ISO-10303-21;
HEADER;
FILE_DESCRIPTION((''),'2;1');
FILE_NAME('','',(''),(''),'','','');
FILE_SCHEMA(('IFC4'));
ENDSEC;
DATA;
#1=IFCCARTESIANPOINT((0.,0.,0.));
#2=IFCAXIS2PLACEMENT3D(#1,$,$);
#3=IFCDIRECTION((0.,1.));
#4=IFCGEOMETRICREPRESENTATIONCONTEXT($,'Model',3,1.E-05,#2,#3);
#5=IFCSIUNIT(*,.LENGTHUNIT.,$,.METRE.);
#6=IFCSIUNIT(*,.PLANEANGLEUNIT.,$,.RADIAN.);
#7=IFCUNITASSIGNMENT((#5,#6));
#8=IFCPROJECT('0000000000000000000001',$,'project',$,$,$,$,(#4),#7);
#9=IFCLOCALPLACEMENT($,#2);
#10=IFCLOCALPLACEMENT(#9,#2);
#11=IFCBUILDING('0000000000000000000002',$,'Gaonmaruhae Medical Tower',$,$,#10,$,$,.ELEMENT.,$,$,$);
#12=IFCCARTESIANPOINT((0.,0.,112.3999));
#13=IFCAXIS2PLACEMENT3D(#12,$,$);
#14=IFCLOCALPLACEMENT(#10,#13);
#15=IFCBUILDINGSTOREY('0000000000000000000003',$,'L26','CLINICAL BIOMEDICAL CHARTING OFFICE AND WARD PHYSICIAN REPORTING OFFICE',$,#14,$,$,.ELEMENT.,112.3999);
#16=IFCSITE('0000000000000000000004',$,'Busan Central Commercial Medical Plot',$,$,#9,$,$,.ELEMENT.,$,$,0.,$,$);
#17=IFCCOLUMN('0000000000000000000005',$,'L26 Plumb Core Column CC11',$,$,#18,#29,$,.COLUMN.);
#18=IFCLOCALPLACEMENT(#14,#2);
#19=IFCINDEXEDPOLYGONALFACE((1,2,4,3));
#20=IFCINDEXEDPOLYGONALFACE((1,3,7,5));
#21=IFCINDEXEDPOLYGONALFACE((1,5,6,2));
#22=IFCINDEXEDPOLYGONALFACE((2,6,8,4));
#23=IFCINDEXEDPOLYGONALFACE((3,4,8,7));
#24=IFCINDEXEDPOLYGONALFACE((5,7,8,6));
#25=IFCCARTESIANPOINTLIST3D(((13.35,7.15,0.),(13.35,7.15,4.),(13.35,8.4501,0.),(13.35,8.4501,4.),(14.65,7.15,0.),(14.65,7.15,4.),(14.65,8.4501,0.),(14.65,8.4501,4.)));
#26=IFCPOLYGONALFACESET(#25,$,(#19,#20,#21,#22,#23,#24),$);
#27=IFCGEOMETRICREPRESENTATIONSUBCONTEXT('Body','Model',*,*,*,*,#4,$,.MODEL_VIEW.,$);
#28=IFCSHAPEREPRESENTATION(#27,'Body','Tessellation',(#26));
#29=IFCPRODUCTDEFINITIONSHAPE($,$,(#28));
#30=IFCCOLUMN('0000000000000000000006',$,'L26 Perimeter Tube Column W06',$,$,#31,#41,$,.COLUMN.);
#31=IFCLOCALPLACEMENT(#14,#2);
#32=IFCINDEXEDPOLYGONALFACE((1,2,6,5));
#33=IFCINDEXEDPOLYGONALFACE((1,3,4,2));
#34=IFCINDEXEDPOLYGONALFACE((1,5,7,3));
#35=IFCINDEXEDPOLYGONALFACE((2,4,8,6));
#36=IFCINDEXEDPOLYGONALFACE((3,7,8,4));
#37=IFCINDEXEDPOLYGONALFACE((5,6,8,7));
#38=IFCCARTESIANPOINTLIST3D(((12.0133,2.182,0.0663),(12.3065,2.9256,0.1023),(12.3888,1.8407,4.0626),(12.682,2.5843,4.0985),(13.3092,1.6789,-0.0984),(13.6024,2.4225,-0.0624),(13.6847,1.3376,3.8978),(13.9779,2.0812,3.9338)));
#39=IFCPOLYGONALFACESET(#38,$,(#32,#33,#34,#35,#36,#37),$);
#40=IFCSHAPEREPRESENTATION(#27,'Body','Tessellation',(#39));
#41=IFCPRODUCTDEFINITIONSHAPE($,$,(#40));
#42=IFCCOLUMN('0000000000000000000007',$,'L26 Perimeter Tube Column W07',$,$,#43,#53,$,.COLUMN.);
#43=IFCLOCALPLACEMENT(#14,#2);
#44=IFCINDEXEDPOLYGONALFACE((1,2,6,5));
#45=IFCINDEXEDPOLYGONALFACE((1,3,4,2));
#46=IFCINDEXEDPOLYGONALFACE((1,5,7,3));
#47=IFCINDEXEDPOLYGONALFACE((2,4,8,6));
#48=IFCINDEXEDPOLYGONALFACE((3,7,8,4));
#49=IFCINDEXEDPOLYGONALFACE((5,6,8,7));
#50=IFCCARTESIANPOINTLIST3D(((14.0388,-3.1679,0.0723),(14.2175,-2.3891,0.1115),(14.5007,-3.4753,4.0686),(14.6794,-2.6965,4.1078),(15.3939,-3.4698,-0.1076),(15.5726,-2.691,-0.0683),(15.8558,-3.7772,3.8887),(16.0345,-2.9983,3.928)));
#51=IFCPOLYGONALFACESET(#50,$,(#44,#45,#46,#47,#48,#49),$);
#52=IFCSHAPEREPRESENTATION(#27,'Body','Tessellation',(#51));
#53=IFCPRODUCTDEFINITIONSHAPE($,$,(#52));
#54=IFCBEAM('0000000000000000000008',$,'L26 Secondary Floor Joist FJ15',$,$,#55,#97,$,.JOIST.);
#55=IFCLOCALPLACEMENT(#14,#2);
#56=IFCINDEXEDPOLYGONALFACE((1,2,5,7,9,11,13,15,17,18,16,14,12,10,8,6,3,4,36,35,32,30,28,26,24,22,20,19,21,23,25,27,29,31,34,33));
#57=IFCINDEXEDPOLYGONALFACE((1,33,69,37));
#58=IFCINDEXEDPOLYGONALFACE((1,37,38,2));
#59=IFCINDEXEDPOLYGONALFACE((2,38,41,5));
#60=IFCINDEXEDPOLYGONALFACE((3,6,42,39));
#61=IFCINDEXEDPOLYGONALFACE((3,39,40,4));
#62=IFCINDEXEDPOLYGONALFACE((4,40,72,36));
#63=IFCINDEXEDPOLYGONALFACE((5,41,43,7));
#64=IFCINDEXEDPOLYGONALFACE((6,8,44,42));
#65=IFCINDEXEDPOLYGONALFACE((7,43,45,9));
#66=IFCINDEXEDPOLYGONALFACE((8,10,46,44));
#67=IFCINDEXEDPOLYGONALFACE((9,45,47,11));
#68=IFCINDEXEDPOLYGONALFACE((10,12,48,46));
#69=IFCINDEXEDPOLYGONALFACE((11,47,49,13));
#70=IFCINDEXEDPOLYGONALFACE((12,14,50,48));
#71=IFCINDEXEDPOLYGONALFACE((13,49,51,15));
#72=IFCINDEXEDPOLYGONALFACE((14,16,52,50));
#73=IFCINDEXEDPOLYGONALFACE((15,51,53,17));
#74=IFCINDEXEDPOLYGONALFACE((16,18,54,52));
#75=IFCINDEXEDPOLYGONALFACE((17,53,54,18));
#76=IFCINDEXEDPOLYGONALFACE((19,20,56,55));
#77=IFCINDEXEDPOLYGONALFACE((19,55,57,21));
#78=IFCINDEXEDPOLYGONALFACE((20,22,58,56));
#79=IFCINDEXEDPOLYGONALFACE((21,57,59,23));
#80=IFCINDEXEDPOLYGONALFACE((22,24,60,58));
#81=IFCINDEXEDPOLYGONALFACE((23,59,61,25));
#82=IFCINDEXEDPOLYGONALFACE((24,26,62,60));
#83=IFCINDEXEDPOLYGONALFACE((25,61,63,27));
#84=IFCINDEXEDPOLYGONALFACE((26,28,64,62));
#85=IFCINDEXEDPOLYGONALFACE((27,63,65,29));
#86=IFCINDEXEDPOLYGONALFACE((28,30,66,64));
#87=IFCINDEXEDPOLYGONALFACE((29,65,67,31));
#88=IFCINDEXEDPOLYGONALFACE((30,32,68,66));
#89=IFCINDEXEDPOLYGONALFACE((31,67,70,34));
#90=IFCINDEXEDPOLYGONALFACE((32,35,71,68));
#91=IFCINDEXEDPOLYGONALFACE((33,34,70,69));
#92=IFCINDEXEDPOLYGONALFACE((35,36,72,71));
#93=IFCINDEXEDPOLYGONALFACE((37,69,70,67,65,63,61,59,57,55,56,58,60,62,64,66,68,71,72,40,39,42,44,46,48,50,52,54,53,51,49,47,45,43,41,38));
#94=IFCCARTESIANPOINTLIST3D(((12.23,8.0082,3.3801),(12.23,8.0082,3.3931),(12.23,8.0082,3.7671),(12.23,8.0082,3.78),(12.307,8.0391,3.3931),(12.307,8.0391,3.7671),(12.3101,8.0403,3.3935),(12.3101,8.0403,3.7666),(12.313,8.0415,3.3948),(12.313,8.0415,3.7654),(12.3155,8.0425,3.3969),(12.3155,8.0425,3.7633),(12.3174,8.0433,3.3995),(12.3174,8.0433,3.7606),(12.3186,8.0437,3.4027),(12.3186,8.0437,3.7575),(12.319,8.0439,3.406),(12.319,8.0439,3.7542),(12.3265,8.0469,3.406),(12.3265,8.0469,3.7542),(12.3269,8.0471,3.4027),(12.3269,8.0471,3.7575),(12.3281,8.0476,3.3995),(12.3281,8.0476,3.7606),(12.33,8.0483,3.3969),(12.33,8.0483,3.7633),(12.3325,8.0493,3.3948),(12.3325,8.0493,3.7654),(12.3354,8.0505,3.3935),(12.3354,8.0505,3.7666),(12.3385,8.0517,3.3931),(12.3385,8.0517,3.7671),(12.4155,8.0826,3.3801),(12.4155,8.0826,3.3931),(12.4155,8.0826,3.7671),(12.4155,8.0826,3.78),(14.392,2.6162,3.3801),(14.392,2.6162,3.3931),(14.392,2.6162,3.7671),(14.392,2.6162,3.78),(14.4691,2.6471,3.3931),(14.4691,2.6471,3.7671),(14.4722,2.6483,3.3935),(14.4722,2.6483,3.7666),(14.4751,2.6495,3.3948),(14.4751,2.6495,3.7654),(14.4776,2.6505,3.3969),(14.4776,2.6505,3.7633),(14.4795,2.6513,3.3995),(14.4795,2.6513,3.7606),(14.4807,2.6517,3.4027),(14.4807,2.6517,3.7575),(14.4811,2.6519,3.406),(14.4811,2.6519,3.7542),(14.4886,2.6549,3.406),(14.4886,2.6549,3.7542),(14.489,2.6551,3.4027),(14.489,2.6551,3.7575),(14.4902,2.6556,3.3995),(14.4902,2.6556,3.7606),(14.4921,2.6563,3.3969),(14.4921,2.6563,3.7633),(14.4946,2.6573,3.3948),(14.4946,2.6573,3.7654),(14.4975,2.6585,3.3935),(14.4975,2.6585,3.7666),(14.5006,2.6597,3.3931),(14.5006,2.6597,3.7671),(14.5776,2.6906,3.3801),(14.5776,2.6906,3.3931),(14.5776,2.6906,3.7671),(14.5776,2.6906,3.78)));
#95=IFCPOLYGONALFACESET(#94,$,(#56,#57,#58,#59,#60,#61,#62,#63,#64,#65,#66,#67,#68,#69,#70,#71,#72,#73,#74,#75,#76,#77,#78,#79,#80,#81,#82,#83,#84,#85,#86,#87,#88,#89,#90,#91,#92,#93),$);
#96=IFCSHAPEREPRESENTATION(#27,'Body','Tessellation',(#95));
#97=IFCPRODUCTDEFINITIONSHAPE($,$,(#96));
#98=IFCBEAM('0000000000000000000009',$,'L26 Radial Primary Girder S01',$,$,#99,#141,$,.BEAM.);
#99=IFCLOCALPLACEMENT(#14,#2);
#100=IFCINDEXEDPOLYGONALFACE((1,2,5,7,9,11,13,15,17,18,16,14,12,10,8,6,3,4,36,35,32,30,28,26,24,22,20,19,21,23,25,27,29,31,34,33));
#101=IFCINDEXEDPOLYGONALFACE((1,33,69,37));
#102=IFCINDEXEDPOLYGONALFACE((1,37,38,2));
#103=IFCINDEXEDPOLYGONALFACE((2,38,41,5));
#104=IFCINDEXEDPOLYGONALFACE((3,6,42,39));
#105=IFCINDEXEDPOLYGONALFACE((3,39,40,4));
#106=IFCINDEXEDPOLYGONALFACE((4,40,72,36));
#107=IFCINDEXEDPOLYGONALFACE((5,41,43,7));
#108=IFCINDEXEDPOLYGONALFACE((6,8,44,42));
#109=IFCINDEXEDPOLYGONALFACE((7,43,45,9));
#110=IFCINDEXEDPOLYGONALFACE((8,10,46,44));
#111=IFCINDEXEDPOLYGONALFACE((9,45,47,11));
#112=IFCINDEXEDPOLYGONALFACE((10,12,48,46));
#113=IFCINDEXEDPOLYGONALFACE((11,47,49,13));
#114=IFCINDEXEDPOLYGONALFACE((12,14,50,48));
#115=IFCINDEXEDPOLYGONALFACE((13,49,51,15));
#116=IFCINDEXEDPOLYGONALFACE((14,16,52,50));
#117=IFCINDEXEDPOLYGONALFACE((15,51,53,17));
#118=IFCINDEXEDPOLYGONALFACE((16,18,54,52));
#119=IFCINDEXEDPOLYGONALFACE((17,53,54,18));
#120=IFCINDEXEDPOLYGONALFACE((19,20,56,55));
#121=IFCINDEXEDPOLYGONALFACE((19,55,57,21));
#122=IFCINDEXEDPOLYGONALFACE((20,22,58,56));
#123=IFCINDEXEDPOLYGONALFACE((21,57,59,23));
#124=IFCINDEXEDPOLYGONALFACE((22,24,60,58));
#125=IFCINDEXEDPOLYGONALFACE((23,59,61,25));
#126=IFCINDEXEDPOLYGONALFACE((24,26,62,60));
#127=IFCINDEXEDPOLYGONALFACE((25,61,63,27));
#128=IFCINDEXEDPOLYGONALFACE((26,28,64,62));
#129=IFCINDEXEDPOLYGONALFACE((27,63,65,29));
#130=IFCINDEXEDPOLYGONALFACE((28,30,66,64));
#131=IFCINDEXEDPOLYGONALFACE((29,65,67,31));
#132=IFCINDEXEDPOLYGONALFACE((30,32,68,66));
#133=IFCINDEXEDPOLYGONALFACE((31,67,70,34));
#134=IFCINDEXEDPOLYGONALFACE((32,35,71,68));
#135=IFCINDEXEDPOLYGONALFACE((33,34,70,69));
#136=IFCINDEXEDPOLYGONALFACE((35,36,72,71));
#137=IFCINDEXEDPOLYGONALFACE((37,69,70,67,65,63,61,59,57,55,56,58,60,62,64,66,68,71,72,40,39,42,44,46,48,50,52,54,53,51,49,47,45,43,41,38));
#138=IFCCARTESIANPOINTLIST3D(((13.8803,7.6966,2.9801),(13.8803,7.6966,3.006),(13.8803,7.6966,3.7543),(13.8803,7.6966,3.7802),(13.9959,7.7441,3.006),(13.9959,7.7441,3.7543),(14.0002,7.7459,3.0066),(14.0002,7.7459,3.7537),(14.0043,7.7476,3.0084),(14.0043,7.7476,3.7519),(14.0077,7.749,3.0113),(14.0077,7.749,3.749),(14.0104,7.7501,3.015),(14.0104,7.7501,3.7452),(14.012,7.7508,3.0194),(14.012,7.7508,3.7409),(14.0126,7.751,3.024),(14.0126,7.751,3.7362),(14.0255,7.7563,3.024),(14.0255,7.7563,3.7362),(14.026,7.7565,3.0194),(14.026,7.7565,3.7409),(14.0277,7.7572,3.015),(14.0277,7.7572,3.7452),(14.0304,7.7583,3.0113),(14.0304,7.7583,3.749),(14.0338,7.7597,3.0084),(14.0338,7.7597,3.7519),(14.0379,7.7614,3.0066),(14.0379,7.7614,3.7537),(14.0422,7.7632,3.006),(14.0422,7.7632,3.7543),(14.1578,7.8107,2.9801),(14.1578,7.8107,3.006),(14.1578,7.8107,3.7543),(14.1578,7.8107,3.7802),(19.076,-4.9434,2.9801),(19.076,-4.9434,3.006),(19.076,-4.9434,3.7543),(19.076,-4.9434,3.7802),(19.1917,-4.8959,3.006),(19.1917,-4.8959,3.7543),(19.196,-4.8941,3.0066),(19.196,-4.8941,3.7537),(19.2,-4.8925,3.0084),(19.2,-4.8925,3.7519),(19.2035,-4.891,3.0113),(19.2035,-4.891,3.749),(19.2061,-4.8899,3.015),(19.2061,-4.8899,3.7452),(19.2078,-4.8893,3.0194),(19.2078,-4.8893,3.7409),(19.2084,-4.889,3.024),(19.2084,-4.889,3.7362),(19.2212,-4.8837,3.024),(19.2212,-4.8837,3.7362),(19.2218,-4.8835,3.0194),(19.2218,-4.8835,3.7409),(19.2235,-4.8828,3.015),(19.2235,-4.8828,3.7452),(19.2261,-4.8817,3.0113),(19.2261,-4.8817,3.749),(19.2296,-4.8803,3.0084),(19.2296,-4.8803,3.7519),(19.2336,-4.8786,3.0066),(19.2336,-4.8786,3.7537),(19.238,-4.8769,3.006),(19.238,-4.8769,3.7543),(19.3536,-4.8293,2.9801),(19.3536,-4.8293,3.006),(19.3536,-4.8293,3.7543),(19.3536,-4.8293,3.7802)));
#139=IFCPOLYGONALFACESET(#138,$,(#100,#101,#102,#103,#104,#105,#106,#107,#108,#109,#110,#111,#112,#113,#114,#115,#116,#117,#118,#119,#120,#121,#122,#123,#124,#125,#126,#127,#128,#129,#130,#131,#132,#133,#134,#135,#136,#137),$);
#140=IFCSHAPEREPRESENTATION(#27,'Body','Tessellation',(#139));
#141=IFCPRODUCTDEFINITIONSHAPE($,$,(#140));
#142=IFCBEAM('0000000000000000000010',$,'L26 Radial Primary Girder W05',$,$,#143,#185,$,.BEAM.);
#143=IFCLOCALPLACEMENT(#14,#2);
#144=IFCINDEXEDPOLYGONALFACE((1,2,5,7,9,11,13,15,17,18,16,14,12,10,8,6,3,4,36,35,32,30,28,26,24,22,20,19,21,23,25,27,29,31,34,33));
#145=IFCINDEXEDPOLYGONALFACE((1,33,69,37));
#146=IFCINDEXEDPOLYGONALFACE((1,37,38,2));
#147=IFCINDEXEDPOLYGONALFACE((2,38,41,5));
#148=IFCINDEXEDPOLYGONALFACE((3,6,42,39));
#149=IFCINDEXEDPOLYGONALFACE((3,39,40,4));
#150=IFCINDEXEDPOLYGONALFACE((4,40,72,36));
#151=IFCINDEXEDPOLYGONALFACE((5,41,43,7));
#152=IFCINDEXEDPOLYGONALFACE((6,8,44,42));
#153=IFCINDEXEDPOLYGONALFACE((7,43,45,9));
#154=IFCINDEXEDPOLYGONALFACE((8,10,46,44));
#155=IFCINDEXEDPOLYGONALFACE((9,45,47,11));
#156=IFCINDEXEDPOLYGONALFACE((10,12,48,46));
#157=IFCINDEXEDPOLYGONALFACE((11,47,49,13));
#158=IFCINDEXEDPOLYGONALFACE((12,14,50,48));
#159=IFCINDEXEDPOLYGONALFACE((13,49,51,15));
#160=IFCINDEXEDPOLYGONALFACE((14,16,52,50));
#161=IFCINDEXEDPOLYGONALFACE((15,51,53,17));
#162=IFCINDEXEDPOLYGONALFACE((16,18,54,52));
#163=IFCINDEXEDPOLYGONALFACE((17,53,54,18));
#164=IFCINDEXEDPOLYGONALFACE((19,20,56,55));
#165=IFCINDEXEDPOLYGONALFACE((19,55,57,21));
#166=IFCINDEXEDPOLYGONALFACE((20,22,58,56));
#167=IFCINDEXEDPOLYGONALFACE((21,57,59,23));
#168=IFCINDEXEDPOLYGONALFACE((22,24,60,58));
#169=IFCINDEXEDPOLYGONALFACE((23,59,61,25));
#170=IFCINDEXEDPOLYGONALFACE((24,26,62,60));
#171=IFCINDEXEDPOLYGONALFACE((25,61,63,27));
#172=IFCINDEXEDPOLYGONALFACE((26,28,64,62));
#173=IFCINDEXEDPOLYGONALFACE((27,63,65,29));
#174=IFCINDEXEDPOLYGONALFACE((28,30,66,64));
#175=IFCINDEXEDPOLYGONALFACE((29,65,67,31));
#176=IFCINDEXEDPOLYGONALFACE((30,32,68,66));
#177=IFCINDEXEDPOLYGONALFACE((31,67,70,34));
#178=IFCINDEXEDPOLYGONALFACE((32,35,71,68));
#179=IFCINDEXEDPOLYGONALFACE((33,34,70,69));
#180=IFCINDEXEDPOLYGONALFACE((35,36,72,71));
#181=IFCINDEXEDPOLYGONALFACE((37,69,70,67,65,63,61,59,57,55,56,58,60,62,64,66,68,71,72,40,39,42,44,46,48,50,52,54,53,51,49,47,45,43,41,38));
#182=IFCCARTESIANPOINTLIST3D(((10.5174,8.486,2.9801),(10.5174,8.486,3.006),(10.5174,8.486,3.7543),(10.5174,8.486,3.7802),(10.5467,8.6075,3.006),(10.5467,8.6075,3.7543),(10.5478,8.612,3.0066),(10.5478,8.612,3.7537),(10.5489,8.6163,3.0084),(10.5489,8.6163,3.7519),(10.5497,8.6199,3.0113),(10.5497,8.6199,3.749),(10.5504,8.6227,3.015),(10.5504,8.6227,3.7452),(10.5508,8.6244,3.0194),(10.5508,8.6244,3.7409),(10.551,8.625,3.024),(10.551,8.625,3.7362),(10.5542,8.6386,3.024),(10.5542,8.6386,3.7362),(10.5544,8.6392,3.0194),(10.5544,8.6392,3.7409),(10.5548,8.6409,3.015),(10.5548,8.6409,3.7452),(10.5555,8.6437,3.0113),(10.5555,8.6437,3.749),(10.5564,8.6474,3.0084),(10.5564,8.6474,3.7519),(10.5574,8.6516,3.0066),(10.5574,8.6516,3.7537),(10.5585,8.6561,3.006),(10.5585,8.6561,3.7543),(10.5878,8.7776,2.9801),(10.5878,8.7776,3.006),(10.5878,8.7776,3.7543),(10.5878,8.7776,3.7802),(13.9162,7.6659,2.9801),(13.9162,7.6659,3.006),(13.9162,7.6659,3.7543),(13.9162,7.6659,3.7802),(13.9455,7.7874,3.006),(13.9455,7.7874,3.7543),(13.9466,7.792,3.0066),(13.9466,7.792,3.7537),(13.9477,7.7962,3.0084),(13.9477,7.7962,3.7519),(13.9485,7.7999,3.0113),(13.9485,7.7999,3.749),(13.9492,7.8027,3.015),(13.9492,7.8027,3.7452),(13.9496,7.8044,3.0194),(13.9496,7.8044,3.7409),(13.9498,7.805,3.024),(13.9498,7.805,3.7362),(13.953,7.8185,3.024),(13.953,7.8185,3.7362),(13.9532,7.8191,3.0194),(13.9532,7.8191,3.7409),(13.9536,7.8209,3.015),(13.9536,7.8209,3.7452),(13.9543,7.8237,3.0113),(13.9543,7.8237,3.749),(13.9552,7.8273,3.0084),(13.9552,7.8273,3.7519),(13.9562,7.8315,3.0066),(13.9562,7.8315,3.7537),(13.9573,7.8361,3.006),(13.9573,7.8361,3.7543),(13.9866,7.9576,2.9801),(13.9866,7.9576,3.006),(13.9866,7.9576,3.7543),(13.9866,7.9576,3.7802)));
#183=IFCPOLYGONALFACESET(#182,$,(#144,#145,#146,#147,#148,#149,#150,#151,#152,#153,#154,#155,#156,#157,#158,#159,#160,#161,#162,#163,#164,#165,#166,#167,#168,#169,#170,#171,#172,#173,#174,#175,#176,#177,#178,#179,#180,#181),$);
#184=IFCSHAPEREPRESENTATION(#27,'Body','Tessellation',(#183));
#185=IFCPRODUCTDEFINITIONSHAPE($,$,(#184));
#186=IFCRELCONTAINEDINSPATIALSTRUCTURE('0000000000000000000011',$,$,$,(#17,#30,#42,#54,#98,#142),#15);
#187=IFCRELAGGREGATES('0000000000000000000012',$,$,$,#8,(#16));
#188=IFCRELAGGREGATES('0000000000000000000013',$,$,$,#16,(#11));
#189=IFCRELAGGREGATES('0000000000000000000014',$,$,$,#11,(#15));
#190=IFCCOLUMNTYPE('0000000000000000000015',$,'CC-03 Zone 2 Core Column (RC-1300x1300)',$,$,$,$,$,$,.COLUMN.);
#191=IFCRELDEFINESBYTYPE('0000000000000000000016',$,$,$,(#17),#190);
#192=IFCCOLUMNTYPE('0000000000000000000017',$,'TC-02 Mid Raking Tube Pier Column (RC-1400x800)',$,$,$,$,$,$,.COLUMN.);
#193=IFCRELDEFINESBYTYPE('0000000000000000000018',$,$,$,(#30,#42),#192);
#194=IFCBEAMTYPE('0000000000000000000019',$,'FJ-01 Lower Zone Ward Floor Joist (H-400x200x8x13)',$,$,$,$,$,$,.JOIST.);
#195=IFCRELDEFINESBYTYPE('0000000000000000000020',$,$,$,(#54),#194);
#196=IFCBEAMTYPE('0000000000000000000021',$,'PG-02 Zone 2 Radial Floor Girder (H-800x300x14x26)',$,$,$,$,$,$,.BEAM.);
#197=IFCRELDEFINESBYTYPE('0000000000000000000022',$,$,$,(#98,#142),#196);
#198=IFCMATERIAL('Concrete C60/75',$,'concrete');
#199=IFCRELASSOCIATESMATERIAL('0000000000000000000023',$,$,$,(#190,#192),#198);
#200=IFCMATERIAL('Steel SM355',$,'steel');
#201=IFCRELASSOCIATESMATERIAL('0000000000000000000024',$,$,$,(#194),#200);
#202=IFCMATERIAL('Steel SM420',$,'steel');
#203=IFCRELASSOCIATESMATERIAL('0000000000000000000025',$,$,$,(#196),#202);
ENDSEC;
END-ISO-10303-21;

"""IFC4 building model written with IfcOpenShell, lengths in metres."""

from ifc_helpers import new_model, si_unit, direction, frame, origin, origin_2d, place, context, subcontext, project, spatial, rectangle, i_section, extrude, material, material_profile, profile_set, type_object, element, save


model = new_model("IFC4")

# Units and contexts
model_context = context("Model", 3, precision=1e-05, world=origin(), true_north=direction((0.0, 1.0)))
body_context = subcontext(model_context, "Body", "Model", "MODEL_VIEW")
ifc_project = project(units=[si_unit("LENGTHUNIT", "METRE"), si_unit("PLANEANGLEUNIT", "RADIAN")], contexts=[model_context])

# Site, building, storey
site_placement = place(None, origin())
site = spatial("IfcSite", under=ifc_project, at=site_placement, Name="Busan Central Commercial Medical Plot", CompositionType="ELEMENT", RefElevation=0.0)
building_placement = place(site_placement, origin())
building = spatial("IfcBuilding", under=site, at=building_placement, Name="Gaonmaruhae Medical Tower", CompositionType="ELEMENT")
storey_placement = place(building_placement, frame((0.0, 0.0, 112.3999)))
storey = spatial("IfcBuildingStorey", under=building, at=storey_placement, Name="L26", Description="CLINICAL BIOMEDICAL CHARTING OFFICE AND WARD PHYSICIAN REPORTING OFFICE", CompositionType="ELEMENT", Elevation=112.3999)

# Columns
ifc_material_1 = material(Name="Concrete C60/75", Category="concrete")
ifc_material_profile_1 = material_profile(ifc_material_1, rectangle(XDim=1.3, YDim=1.3, at=origin_2d()), Name="RC-1300x1300")
ifc_profile_set_1 = profile_set([ifc_material_profile_1], Name="Concrete C60/75")
column_type_1 = type_object("IfcColumnType", Name="CC-03 Zone 2 Core Column (RC-1300x1300)", PredefinedType="COLUMN", material=ifc_profile_set_1)
column_1_placement = place(storey_placement, frame((14.0, 7.8, 0.0), z_axis=(0.0, 0.0, 1.0), x_axis=(1.0, 0.0, 0.0)))
element("IfcColumn", 1, at=column_1_placement, inside=storey, type_object=column_type_1, Name="L26 Plumb Core Column CC11", PredefinedType="COLUMN", context=body_context, shape_type="SweptSolid", body=[
    extrude(rectangle(XDim=1.3, YDim=1.3, at=origin_2d()), origin(), (0.0, 0.0, 1.0), 4.0),
])
ifc_material_profile_2 = material_profile(ifc_material_1, rectangle(XDim=1.3999, YDim=0.8, at=origin_2d()), Name="RC-1400x800")
ifc_profile_set_2 = profile_set([ifc_material_profile_2], Name="Concrete C60/75")
column_type_2 = type_object("IfcColumnType", Name="TC-02 Mid Raking Tube Pier Column (RC-1400x800)", PredefinedType="COLUMN", material=ifc_profile_set_2)
column_2_placement = place(storey_placement, frame((12.8079, 2.3022, 0.002), z_axis=(0.09321, -0.084725, 0.992035), x_axis=(-0.925741, 0.359384, 0.117674)))
element("IfcColumn", 2, at=column_2_placement, inside=storey, type_object=column_type_2, Name="L26 Perimeter Tube Column W06", PredefinedType="COLUMN", context=body_context, shape_type="SweptSolid", body=[
    extrude(rectangle(XDim=1.3999, YDim=0.8, at=origin_2d()), origin(), (0.0, 0.0, 1.0), 4.0283),
])
column_3_placement = place(storey_placement, frame((14.8057, -2.9294, 0.002), z_axis=(0.114486, -0.076183, 0.990499), x_axis=(-0.967987, 0.215629, 0.128469)))
element("IfcColumn", 3, at=column_3_placement, inside=storey, type_object=column_type_2, Name="L26 Perimeter Tube Column W07", PredefinedType="COLUMN", context=body_context, shape_type="SweptSolid", body=[
    extrude(rectangle(XDim=1.3999, YDim=0.8, at=origin_2d()), origin(), (0.0, 0.0, 1.0), 4.0347),
])

# Beams
ifc_material_2 = material(Name="Steel SM355", Category="steel")
ifc_material_profile_3 = material_profile(ifc_material_2, i_section(OverallWidth=0.2, OverallDepth=0.3999, WebThickness=0.0081, FlangeThickness=0.0129, FilletRadius=0.0129, at=origin_2d()), Name="H-400x200x8x13")
ifc_profile_set_3 = profile_set([ifc_material_profile_3], Name="Steel SM355")
beam_type_1 = type_object("IfcBeamType", Name="FJ-01 Lower Zone Ward Floor Joist (H-400x200x8x13)", PredefinedType="JOIST", material=ifc_profile_set_3)
beam_1_placement = place(storey_placement, frame((12.3228, 8.0454, 3.5801), z_axis=(0.372173, -0.928163, 0.0), x_axis=(0.928163, 0.372173, 0.0)))
element("IfcBeam", 4, at=beam_1_placement, inside=storey, type_object=beam_type_1, Name="L26 Secondary Floor Joist FJ15", PredefinedType="JOIST", context=body_context, shape_type="SweptSolid", body=[
    extrude(i_section(OverallWidth=0.2, OverallDepth=0.3999, WebThickness=0.0081, FlangeThickness=0.0129, FilletRadius=0.0129, at=origin_2d()), origin(), (0.0, 0.0, 1.0), 5.8093),
])
ifc_material_3 = material(Name="Steel SM420", Category="steel")
ifc_material_profile_4 = material_profile(ifc_material_3, i_section(OverallWidth=0.3, OverallDepth=0.8, WebThickness=0.0139, FlangeThickness=0.0259, FilletRadius=0.0181, at=origin_2d()), Name="H-800x300x14x26")
ifc_profile_set_4 = profile_set([ifc_material_profile_4], Name="Steel SM420")
beam_type_2 = type_object("IfcBeamType", Name="PG-02 Zone 2 Radial Floor Girder (H-800x300x14x26)", PredefinedType="BEAM", material=ifc_profile_set_4)
beam_2_placement = place(storey_placement, frame((14.019, 7.7537, 3.3801), z_axis=(0.380189, -0.924909, 0.0), x_axis=(0.924909, 0.380189, 0.0)))
element("IfcBeam", 5, at=beam_2_placement, inside=storey, type_object=beam_type_2, Name="L26 Radial Primary Girder S01", PredefinedType="BEAM", context=body_context, shape_type="SweptSolid", body=[
    extrude(i_section(OverallWidth=0.3, OverallDepth=0.8, WebThickness=0.0139, FlangeThickness=0.0259, FilletRadius=0.0181, at=origin_2d()), origin(), (0.0, 0.0, 1.0), 13.6663),
])
beam_3_placement = place(storey_placement, frame((13.9514, 7.8118, 3.3801), z_axis=(-0.972106, 0.234543, 0.0), x_axis=(-0.234543, -0.972106, 0.0)))
element("IfcBeam", 6, at=beam_3_placement, inside=storey, type_object=beam_type_2, Name="L26 Radial Primary Girder W05", PredefinedType="BEAM", context=body_context, shape_type="SweptSolid", body=[
    extrude(i_section(OverallWidth=0.3, OverallDepth=0.8, WebThickness=0.0139, FlangeThickness=0.0259, FilletRadius=0.0181, at=origin_2d()), origin(), (0.0, 0.0, 1.0), 3.4963),
])

save(model, "model.ifc")
